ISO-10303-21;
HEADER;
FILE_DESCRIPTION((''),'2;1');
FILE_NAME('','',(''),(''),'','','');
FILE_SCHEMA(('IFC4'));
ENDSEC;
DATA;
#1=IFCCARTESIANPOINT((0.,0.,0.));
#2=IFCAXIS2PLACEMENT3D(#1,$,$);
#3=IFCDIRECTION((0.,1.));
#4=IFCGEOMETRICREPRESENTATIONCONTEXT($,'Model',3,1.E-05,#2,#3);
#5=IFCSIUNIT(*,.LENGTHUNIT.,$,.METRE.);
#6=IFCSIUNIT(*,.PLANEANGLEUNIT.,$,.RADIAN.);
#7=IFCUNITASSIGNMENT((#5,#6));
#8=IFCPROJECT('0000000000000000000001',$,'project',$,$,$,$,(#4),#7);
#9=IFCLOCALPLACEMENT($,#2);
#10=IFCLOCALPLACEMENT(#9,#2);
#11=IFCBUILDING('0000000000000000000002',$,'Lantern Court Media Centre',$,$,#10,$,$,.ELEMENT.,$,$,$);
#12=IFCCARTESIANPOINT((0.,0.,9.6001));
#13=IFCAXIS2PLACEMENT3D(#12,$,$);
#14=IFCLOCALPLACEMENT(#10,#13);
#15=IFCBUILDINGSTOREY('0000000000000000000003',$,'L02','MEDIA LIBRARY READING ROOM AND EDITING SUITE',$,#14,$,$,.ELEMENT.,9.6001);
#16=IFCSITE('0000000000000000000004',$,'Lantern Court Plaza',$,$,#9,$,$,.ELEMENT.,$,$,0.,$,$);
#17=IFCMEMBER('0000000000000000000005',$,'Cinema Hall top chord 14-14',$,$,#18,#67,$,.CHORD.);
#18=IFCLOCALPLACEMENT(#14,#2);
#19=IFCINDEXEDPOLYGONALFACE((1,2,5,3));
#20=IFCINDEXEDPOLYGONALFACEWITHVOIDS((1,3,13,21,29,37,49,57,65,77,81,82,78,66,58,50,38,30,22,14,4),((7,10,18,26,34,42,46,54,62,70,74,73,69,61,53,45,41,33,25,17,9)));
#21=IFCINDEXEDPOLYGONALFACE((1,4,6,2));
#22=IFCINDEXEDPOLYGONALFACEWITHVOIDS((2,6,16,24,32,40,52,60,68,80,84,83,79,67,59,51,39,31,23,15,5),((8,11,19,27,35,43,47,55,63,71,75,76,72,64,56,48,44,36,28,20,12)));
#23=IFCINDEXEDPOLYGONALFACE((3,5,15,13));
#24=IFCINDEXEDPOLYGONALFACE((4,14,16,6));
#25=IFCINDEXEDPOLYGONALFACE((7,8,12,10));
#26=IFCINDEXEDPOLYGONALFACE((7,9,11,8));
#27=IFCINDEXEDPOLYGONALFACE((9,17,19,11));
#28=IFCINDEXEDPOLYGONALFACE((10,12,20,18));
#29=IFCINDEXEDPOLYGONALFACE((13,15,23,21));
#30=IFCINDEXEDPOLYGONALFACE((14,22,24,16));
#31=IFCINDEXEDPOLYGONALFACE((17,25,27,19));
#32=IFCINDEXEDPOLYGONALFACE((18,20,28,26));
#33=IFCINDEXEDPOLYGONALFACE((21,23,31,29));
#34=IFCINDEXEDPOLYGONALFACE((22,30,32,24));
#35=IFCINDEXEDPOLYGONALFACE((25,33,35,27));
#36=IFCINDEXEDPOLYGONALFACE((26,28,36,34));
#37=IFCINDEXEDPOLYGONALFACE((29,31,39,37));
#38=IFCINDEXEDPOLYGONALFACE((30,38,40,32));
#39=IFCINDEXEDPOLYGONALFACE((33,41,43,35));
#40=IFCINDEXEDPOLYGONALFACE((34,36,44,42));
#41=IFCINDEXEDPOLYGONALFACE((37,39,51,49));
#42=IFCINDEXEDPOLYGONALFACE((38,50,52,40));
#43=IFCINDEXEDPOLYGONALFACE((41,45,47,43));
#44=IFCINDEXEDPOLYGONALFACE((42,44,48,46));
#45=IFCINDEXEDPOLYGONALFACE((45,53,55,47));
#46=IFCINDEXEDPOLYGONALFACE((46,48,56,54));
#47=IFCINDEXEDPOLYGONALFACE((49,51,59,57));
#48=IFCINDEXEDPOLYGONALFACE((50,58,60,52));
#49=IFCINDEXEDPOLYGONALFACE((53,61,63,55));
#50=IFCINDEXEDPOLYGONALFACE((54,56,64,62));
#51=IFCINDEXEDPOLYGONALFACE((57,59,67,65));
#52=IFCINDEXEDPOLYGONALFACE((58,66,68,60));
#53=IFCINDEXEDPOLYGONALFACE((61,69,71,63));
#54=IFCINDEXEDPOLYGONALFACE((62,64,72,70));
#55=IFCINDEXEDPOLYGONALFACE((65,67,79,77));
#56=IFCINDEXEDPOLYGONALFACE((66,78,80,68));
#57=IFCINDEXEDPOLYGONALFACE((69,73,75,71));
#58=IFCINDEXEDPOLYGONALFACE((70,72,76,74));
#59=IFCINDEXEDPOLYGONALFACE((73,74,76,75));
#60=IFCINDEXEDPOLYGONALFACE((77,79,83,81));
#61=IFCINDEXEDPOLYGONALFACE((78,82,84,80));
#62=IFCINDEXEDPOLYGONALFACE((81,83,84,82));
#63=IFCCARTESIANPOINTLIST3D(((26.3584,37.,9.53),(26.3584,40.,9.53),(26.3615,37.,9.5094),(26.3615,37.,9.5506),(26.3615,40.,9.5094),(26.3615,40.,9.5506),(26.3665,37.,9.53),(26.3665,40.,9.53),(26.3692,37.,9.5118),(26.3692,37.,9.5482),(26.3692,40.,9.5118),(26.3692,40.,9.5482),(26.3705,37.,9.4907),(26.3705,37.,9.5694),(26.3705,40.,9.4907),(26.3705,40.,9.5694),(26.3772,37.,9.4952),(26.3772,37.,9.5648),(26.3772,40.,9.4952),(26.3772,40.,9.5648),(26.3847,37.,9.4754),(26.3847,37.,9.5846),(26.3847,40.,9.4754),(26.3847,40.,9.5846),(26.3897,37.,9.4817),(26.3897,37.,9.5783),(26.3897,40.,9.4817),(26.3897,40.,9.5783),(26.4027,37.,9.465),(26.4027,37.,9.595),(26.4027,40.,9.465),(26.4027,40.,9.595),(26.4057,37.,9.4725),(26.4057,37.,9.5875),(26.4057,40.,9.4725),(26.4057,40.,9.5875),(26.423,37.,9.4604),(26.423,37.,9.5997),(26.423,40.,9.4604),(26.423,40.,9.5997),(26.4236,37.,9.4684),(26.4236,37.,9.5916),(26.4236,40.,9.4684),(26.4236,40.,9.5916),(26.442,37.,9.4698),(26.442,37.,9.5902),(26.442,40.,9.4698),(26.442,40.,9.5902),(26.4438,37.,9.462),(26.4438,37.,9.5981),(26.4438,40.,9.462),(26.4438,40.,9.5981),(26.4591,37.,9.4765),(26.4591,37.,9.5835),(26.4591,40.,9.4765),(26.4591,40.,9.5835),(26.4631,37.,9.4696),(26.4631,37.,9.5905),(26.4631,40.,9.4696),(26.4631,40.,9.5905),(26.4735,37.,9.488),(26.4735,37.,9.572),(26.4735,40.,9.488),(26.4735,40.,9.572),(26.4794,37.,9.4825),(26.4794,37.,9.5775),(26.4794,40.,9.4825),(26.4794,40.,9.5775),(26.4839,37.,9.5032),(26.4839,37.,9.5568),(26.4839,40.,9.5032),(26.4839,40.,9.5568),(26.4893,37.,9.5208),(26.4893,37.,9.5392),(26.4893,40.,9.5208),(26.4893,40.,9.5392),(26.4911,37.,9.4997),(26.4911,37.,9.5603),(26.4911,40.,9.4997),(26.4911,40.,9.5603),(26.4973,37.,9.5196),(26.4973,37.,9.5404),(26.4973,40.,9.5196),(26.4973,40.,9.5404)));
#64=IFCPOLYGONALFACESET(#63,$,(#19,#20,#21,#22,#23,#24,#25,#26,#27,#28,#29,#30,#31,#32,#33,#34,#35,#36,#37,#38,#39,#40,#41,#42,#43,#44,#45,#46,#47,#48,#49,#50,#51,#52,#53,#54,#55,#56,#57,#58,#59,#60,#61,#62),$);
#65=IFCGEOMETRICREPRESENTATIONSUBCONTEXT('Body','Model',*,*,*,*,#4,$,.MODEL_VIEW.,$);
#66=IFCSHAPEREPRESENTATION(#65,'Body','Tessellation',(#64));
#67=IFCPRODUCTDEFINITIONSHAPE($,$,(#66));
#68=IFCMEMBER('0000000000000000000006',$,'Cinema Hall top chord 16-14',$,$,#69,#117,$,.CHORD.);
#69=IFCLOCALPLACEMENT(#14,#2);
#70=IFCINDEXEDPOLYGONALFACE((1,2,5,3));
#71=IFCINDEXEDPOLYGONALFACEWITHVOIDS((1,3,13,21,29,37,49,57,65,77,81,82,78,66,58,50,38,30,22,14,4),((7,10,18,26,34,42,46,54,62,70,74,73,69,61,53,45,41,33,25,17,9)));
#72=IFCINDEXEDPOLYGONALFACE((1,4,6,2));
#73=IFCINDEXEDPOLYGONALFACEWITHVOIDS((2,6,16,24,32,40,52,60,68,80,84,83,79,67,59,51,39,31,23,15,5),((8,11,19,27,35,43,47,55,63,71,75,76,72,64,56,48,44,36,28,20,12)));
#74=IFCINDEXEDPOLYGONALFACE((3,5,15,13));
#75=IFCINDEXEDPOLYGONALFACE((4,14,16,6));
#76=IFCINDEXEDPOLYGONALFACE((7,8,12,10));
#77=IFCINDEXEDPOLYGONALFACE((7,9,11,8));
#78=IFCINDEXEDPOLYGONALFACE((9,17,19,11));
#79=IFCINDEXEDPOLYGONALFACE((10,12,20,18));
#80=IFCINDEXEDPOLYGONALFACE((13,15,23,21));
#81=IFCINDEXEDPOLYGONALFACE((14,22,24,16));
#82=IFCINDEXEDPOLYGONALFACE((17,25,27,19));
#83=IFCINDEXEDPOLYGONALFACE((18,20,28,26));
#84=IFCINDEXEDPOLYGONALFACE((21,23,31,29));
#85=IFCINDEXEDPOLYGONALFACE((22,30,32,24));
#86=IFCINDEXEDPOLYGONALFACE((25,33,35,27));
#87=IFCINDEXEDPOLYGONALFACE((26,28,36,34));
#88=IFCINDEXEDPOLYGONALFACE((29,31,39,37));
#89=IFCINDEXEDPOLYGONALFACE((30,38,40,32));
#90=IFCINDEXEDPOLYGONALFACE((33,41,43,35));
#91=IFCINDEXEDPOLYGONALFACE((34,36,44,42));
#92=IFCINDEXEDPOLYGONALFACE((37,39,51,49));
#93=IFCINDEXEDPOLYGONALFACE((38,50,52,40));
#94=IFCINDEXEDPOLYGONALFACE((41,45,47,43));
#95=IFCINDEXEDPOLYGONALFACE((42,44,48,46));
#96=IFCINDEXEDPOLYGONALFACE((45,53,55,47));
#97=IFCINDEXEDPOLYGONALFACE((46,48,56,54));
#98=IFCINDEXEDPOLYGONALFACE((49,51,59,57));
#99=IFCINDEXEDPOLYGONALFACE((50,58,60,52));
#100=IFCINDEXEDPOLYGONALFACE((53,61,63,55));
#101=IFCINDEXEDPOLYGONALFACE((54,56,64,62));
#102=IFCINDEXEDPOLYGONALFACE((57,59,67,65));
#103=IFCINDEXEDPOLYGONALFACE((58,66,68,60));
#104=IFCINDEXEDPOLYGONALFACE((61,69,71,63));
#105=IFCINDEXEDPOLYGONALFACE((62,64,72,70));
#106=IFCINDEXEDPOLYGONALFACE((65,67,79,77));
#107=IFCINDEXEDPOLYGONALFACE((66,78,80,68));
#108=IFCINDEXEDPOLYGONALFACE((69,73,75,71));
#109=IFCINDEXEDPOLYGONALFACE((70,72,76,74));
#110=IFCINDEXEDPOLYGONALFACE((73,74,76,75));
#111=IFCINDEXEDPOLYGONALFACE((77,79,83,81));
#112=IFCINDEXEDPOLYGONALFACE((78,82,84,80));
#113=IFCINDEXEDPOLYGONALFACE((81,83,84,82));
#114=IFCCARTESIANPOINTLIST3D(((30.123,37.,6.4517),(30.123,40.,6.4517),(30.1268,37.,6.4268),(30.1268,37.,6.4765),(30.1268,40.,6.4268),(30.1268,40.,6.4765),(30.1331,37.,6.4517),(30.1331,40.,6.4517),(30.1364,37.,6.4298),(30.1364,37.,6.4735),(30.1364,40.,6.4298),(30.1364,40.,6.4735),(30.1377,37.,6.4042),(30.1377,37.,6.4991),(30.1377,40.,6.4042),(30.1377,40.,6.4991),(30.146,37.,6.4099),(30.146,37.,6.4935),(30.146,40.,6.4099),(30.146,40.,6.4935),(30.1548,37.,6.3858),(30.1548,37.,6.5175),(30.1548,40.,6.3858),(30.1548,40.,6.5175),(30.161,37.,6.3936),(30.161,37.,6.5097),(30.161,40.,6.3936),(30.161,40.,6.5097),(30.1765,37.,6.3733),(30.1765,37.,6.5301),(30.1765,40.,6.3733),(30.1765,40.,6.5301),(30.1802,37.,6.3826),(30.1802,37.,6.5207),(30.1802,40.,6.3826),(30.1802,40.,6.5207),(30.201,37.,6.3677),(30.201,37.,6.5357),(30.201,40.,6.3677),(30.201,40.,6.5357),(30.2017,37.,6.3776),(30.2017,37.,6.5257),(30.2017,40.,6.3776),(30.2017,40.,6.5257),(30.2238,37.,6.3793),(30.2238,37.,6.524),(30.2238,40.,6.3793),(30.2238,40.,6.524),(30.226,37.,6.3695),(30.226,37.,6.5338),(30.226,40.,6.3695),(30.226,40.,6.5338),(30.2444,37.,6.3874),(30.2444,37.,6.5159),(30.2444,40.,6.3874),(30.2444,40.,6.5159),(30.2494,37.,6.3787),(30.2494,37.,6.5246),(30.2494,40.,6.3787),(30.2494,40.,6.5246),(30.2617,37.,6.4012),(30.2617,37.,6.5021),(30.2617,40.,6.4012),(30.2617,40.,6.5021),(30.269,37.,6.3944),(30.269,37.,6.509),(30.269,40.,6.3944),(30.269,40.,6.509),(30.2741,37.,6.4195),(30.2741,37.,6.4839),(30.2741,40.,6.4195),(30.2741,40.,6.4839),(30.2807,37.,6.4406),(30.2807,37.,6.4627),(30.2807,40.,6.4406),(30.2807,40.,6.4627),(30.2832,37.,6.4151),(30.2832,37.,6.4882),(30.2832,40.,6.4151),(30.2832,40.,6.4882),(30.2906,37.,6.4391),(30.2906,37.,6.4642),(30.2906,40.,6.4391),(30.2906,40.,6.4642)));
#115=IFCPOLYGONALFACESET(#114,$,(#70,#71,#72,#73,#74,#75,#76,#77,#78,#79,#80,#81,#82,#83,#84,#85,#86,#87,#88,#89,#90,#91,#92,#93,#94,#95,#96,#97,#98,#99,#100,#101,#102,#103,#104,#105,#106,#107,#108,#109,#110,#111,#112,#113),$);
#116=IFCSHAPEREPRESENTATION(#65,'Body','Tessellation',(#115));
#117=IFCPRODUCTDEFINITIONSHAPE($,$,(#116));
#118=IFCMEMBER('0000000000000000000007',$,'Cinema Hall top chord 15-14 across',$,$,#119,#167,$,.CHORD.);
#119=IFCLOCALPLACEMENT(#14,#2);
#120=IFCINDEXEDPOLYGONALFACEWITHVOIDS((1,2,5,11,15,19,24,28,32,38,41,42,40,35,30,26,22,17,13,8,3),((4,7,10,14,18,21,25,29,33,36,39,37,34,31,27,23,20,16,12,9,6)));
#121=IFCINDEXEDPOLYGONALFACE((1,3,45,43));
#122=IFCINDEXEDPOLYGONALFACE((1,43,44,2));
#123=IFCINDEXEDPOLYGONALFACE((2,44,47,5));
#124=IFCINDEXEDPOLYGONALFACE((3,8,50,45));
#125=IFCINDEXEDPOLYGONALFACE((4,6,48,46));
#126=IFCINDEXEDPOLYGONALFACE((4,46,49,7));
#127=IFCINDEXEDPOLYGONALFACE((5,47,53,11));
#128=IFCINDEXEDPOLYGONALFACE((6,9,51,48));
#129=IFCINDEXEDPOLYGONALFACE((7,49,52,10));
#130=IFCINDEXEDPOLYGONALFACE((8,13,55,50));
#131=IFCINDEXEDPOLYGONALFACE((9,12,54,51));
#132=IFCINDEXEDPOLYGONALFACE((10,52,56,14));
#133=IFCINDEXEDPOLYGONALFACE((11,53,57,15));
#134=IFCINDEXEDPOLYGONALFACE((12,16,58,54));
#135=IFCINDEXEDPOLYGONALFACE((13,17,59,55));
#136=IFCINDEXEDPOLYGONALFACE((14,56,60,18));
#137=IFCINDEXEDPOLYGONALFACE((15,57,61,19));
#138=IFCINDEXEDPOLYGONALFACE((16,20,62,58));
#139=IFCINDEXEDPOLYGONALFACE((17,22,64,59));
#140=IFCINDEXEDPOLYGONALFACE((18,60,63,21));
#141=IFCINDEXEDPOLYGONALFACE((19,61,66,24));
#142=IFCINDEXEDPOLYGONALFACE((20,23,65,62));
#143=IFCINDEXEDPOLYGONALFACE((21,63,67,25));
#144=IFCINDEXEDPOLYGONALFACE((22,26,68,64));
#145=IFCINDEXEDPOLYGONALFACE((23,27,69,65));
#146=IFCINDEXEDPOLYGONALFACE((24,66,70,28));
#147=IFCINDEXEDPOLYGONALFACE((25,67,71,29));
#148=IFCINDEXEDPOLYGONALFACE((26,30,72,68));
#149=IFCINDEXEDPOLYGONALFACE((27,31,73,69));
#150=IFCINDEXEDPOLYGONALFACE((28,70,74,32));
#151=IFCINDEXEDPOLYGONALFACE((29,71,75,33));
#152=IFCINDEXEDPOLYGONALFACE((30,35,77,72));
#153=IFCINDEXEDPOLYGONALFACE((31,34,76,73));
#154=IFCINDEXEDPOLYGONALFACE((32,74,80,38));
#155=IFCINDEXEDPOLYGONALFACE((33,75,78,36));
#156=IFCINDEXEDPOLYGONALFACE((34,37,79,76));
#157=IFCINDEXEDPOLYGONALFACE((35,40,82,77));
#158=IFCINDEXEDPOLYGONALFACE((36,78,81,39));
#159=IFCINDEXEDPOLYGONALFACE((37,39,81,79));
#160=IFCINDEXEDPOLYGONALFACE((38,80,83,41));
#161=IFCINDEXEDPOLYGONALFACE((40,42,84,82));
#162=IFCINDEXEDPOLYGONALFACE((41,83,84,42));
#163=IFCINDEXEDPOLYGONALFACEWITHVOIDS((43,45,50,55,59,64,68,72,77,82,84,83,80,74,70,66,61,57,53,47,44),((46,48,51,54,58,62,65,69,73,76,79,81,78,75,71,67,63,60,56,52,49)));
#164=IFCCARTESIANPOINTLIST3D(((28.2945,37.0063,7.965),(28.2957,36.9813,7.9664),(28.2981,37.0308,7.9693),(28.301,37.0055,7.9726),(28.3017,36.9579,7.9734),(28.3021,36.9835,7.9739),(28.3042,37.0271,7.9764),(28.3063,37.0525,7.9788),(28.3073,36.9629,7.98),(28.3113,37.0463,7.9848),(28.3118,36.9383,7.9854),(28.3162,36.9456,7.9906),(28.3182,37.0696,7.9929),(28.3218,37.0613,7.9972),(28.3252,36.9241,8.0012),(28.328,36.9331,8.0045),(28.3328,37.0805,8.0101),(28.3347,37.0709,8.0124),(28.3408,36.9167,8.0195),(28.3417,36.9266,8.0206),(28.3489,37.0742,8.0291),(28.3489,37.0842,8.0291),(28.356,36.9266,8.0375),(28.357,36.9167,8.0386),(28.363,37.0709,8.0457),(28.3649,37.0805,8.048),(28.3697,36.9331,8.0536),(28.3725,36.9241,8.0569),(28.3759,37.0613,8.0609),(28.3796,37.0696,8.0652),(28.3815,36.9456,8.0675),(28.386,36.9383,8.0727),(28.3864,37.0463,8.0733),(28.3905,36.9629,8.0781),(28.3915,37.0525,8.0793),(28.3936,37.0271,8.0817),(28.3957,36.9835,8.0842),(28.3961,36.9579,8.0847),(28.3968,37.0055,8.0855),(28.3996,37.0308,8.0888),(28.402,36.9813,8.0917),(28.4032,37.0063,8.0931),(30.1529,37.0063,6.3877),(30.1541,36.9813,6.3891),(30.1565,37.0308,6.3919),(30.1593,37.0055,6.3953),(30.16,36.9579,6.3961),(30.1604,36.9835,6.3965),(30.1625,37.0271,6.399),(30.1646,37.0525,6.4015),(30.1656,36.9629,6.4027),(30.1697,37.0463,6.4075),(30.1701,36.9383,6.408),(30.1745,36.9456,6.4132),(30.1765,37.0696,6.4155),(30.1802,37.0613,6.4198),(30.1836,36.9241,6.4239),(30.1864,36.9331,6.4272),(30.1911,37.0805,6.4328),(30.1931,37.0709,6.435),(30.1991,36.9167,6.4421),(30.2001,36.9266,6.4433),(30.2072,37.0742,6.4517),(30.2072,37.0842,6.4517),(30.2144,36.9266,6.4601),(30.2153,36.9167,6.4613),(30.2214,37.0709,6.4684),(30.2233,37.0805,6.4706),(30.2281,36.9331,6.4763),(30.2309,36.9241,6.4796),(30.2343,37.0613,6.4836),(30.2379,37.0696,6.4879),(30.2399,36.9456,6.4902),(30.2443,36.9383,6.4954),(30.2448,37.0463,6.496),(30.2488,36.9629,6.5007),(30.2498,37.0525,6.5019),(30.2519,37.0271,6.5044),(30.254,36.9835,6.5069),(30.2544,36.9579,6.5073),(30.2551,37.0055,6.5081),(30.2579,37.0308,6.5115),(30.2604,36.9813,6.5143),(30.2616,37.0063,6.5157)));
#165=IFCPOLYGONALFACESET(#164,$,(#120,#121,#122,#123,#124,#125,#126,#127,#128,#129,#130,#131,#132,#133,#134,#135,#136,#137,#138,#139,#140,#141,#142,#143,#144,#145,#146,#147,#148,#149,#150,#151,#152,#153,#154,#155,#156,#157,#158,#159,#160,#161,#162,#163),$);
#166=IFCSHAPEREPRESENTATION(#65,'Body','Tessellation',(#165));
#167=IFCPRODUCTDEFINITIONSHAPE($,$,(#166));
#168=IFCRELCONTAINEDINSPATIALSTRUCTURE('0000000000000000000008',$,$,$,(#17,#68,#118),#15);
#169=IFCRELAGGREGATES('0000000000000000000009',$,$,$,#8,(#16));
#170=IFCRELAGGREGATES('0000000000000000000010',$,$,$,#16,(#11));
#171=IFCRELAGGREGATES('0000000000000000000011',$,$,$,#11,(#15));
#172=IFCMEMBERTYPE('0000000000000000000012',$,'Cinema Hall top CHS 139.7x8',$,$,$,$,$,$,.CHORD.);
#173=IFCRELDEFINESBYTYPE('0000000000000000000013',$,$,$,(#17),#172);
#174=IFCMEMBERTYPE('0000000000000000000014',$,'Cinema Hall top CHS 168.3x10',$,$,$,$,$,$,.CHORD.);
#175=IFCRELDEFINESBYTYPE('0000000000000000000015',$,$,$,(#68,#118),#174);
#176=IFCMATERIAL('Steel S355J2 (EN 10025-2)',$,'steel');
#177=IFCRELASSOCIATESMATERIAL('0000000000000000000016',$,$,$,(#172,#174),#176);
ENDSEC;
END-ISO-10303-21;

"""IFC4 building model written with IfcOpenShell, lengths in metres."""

from ifc_helpers import new_model, si_unit, direction, frame, origin, origin_2d, place, context, subcontext, project, spatial, hollow_circle, extrude, material, material_profile, profile_set, type_object, element, save


model = new_model("IFC4")

# Units and contexts
model_context = context("Model", 3, precision=1e-05, world=origin(), true_north=direction((0.0, 1.0)))
body_context = subcontext(model_context, "Body", "Model", "MODEL_VIEW")
ifc_project = project(units=[si_unit("LENGTHUNIT", "METRE"), si_unit("PLANEANGLEUNIT", "RADIAN")], contexts=[model_context])

# Site, building, storey
site_placement = place(None, origin())
site = spatial("IfcSite", under=ifc_project, at=site_placement, Name="Lantern Court Plaza", CompositionType="ELEMENT", RefElevation=0.0)
building_placement = place(site_placement, origin())
building = spatial("IfcBuilding", under=site, at=building_placement, Name="Lantern Court Media Centre", CompositionType="ELEMENT")
storey_placement = place(building_placement, frame((0.0, 0.0, 9.6001)))
storey = spatial("IfcBuildingStorey", under=building, at=storey_placement, Name="L02", Description="MEDIA LIBRARY READING ROOM AND EDITING SUITE", CompositionType="ELEMENT", Elevation=9.6001)

# Members
ifc_material_1 = material(Name="Steel S355J2 (EN 10025-2)", Category="steel")
ifc_material_profile_1 = material_profile(ifc_material_1, hollow_circle(Radius=0.0698, WallThickness=0.0081, at=origin_2d()), Name="Cinema Hall top CHS 139.7x8")
ifc_profile_set_1 = profile_set([ifc_material_profile_1], Name="Steel S355J2 (EN 10025-2)")
member_type_1 = type_object("IfcMemberType", Name="Cinema Hall top CHS 139.7x8", PredefinedType="CHORD", material=ifc_profile_set_1)
member_1_placement = place(storey_placement, frame((26.4282, 37.0, 9.53), z_axis=(0.0, 1.0, 0.0), x_axis=(-1.0, 0.0, 0.0)))
element("IfcMember", 1, at=member_1_placement, inside=storey, type_object=member_type_1, Name="Cinema Hall top chord 14-14", PredefinedType="CHORD", context=body_context, shape_type="SweptSolid", body=[
    extrude(hollow_circle(Radius=0.0698, WallThickness=0.0081, at=origin_2d()), origin(), (0.0, 0.0, 1.0), 3.0),
])
ifc_material_profile_2 = material_profile(ifc_material_1, hollow_circle(Radius=0.0842, WallThickness=0.01, at=origin_2d()), Name="Cinema Hall top CHS 168.3x10")
ifc_profile_set_2 = profile_set([ifc_material_profile_2], Name="Steel S355J2 (EN 10025-2)")
member_type_2 = type_object("IfcMemberType", Name="Cinema Hall top CHS 168.3x10", PredefinedType="CHORD", material=ifc_profile_set_2)
member_2_placement = place(storey_placement, frame((30.2073, 37.0, 6.4517), z_axis=(0.0, 1.0, 0.0), x_axis=(-1.0, 0.0, 0.0)))
element("IfcMember", 2, at=member_2_placement, inside=storey, type_object=member_type_2, Name="Cinema Hall top chord 16-14", PredefinedType="CHORD", context=body_context, shape_type="SweptSolid", body=[
    extrude(hollow_circle(Radius=0.0842, WallThickness=0.01, at=origin_2d()), origin(), (0.0, 0.0, 1.0), 3.0),
])
for number, where, z_axis, x_axis, name in (
    (3, (28.3489, 37.0, 8.0291), (0.762394, 0.0, -0.647113), (0.0, 1.0, 0.0), "Cinema Hall top chord 15-14 across"),
):
    element("IfcMember", number, at=place(storey_placement, frame(where, z_axis=z_axis, x_axis=x_axis)), inside=storey, type_object=member_type_2, Name=name, PredefinedType="CHORD", context=body_context, shape_type="SweptSolid", body=[
        extrude(hollow_circle(Radius=0.0842, WallThickness=0.01, at=origin_2d()), origin(), (0.0, 0.0, 1.0), 2.4375),
    ])

save(model, "model.ifc")
